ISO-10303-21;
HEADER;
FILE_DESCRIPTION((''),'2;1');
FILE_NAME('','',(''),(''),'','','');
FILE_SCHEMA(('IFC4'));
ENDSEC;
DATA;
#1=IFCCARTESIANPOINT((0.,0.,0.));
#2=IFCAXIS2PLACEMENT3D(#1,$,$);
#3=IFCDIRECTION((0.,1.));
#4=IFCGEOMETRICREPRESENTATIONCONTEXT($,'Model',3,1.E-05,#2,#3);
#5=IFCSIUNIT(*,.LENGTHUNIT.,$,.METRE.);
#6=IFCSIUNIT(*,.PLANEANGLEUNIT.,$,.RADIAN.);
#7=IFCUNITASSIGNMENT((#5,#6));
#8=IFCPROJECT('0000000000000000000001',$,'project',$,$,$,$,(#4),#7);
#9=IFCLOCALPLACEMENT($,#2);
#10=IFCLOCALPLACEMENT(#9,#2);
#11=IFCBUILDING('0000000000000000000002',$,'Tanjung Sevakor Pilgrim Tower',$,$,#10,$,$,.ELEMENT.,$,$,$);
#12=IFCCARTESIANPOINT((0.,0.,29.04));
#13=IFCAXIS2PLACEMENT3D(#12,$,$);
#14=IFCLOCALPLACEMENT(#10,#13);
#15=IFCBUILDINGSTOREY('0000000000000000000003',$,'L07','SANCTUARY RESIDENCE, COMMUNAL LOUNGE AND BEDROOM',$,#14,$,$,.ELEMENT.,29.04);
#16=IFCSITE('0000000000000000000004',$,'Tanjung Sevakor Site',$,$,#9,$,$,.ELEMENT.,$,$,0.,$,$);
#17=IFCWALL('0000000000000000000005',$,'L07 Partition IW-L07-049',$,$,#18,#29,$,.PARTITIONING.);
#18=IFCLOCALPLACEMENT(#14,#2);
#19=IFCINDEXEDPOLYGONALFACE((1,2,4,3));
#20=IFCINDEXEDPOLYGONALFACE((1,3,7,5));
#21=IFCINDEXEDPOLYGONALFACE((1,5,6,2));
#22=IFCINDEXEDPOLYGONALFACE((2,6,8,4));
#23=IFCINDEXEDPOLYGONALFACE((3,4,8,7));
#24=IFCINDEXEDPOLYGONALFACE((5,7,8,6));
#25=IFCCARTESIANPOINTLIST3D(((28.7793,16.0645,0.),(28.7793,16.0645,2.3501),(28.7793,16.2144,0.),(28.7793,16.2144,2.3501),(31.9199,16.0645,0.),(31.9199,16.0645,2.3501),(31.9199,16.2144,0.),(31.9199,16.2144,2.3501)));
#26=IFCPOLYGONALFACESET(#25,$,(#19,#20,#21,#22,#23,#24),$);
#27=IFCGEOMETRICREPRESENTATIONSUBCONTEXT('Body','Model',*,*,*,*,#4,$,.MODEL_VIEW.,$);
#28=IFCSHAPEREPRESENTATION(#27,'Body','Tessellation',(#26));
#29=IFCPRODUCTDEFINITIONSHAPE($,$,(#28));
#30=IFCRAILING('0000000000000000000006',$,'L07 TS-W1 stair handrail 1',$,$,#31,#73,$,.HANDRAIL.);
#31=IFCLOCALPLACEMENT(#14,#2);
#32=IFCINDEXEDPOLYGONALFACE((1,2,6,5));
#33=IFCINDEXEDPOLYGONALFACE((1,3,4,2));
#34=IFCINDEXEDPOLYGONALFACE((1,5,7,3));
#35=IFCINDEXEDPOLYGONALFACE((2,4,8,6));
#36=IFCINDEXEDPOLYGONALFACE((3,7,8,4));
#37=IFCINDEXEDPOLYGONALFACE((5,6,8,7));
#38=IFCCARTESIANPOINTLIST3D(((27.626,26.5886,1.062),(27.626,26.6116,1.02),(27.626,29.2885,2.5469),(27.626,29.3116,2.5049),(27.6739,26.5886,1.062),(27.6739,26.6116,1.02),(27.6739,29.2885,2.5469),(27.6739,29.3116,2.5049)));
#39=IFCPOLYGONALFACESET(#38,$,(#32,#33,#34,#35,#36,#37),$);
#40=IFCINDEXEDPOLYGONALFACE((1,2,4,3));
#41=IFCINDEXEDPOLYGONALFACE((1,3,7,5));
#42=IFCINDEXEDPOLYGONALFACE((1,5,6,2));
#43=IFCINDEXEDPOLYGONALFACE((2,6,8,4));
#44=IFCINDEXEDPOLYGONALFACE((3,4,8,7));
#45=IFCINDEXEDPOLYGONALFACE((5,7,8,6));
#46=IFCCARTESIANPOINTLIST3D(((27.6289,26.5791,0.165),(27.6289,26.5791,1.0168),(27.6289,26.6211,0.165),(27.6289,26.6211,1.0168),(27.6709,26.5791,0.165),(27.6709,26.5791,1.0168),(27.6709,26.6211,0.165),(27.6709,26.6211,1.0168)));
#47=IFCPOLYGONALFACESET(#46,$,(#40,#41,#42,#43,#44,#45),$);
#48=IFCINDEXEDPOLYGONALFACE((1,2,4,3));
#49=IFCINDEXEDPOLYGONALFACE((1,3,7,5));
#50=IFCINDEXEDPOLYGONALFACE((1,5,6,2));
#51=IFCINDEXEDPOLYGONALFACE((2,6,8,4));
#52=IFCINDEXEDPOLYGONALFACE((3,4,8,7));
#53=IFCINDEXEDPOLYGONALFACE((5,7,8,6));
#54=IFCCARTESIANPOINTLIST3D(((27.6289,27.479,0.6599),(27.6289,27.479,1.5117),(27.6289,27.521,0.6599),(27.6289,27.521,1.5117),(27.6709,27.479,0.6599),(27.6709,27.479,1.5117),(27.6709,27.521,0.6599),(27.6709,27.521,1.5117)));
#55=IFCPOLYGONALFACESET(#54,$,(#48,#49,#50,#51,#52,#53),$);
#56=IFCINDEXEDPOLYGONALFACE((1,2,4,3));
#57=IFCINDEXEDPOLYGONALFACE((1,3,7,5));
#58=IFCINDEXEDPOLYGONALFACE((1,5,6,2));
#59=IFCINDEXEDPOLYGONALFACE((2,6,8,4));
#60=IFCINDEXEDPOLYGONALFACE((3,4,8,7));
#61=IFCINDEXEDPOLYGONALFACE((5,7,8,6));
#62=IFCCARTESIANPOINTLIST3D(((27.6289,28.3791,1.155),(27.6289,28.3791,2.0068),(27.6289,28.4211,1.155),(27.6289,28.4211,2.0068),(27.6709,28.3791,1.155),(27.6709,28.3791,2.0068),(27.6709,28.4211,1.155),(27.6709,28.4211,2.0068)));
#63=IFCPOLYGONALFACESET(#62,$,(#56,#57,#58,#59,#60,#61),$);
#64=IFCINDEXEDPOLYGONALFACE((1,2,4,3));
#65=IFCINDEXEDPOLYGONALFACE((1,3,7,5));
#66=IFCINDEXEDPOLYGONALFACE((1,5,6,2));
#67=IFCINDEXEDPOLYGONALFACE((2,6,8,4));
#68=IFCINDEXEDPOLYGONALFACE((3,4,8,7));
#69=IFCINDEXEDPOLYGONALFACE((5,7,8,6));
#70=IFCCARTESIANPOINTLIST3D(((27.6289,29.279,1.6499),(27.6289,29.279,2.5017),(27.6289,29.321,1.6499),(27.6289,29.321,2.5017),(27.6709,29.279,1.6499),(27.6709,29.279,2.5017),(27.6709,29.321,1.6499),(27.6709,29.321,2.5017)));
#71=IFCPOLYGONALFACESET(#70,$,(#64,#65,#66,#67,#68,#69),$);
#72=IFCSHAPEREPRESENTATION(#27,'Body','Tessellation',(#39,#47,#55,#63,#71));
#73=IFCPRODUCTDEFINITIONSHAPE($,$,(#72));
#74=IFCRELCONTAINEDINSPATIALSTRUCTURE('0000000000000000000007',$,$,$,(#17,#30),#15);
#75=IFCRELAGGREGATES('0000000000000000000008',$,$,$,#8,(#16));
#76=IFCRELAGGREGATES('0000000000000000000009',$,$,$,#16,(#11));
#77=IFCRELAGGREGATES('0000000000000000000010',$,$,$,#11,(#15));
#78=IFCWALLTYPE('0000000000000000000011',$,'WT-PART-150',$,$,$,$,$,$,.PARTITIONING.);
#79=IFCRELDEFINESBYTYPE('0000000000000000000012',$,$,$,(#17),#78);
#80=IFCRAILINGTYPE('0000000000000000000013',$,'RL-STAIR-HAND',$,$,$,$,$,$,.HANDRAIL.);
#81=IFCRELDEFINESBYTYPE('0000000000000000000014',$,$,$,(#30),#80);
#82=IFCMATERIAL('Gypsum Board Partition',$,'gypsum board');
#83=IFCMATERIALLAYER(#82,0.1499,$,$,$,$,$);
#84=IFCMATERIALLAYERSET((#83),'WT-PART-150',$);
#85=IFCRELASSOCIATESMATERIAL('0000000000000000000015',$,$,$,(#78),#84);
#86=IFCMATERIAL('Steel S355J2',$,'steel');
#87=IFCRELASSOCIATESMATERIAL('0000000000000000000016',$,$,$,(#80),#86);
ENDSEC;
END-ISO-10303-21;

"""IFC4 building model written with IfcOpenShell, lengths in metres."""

from ifc_helpers import new_model, si_unit, direction, frame, frame_2d, origin, place, context, subcontext, project, spatial, rectangle, extrude, material, layer, layer_set, type_object, element, save


model = new_model("IFC4")

# Units and contexts
model_context = context("Model", 3, precision=1e-05, world=origin(), true_north=direction((0.0, 1.0)))
body_context = subcontext(model_context, "Body", "Model", "MODEL_VIEW")
ifc_project = project(units=[si_unit("LENGTHUNIT", "METRE"), si_unit("PLANEANGLEUNIT", "RADIAN")], contexts=[model_context])

# Site, building, storey
site_placement = place(None, origin())
site = spatial("IfcSite", under=ifc_project, at=site_placement, Name="Tanjung Sevakor Site", CompositionType="ELEMENT", RefElevation=0.0)
building_placement = place(site_placement, origin())
building = spatial("IfcBuilding", under=site, at=building_placement, Name="Tanjung Sevakor Pilgrim Tower", CompositionType="ELEMENT")
storey_placement = place(building_placement, frame((0.0, 0.0, 29.04)))
storey = spatial("IfcBuildingStorey", under=building, at=storey_placement, Name="L07", Description="SANCTUARY RESIDENCE, COMMUNAL LOUNGE AND BEDROOM", CompositionType="ELEMENT", Elevation=29.04)

# Wall
ifc_material_1 = material(Name="Gypsum Board Partition", Category="gypsum board")
ifc_layer_1 = layer(ifc_material_1, 0.1499)
ifc_layer_set_1 = layer_set([ifc_layer_1], Name="WT-PART-150")
wall_type_1 = type_object("IfcWallType", Name="WT-PART-150", PredefinedType="PARTITIONING", material=ifc_layer_set_1)
wall_1_placement = place(storey_placement, frame((28.7793, 16.1394, 0.0), z_axis=(0.0, 0.0, 1.0), x_axis=(1.0, 0.0, 0.0)))
element("IfcWall", 1, at=wall_1_placement, inside=storey, type_object=wall_type_1, Name="L07 Partition IW-L07-049", PredefinedType="PARTITIONING", context=body_context, shape_type="SweptSolid", body=[
    extrude(rectangle(XDim=3.1406, YDim=0.1499, at=frame_2d((1.5703, 0.0))), origin(), (0.0, 0.0, 1.0), 2.3501),
])

# Railing
ifc_material_2 = material(Name="Steel S355J2", Category="steel")
railing_type = type_object("IfcRailingType", Name="RL-STAIR-HAND", PredefinedType="HANDRAIL", material=ifc_material_2)
railing_placement = place(storey_placement, frame((27.6499, 26.6001, 0.165)))
element("IfcRailing", 2, at=railing_placement, inside=storey, type_object=railing_type, Name="L07 TS-W1 stair handrail 1", PredefinedType="HANDRAIL", context=body_context, shape_type="SweptSolid", body=[
    extrude(rectangle(XDim=0.0479, YDim=0.0479), frame((0.0, 0.0, 0.876), z_axis=(0.0, 0.876231, 0.481891), x_axis=(-1.0, 0.0, 0.0)), (0.0, 0.0, 1.0), 3.0813),
    extrude(rectangle(XDim=0.042, YDim=0.042), origin(), (0.0, 0.0, 1.0), 0.8518),
    extrude(rectangle(XDim=0.042, YDim=0.042), frame((0.0, 0.8999, 0.4949)), (0.0, 0.0, 1.0), 0.8518),
    extrude(rectangle(XDim=0.042, YDim=0.042), frame((0.0, 1.8, 0.99)), (0.0, 0.0, 1.0), 0.8518),
    extrude(rectangle(XDim=0.042, YDim=0.042), frame((0.0, 2.7, 1.4849)), (0.0, 0.0, 1.0), 0.8518),
])

save(model, "model.ifc")
